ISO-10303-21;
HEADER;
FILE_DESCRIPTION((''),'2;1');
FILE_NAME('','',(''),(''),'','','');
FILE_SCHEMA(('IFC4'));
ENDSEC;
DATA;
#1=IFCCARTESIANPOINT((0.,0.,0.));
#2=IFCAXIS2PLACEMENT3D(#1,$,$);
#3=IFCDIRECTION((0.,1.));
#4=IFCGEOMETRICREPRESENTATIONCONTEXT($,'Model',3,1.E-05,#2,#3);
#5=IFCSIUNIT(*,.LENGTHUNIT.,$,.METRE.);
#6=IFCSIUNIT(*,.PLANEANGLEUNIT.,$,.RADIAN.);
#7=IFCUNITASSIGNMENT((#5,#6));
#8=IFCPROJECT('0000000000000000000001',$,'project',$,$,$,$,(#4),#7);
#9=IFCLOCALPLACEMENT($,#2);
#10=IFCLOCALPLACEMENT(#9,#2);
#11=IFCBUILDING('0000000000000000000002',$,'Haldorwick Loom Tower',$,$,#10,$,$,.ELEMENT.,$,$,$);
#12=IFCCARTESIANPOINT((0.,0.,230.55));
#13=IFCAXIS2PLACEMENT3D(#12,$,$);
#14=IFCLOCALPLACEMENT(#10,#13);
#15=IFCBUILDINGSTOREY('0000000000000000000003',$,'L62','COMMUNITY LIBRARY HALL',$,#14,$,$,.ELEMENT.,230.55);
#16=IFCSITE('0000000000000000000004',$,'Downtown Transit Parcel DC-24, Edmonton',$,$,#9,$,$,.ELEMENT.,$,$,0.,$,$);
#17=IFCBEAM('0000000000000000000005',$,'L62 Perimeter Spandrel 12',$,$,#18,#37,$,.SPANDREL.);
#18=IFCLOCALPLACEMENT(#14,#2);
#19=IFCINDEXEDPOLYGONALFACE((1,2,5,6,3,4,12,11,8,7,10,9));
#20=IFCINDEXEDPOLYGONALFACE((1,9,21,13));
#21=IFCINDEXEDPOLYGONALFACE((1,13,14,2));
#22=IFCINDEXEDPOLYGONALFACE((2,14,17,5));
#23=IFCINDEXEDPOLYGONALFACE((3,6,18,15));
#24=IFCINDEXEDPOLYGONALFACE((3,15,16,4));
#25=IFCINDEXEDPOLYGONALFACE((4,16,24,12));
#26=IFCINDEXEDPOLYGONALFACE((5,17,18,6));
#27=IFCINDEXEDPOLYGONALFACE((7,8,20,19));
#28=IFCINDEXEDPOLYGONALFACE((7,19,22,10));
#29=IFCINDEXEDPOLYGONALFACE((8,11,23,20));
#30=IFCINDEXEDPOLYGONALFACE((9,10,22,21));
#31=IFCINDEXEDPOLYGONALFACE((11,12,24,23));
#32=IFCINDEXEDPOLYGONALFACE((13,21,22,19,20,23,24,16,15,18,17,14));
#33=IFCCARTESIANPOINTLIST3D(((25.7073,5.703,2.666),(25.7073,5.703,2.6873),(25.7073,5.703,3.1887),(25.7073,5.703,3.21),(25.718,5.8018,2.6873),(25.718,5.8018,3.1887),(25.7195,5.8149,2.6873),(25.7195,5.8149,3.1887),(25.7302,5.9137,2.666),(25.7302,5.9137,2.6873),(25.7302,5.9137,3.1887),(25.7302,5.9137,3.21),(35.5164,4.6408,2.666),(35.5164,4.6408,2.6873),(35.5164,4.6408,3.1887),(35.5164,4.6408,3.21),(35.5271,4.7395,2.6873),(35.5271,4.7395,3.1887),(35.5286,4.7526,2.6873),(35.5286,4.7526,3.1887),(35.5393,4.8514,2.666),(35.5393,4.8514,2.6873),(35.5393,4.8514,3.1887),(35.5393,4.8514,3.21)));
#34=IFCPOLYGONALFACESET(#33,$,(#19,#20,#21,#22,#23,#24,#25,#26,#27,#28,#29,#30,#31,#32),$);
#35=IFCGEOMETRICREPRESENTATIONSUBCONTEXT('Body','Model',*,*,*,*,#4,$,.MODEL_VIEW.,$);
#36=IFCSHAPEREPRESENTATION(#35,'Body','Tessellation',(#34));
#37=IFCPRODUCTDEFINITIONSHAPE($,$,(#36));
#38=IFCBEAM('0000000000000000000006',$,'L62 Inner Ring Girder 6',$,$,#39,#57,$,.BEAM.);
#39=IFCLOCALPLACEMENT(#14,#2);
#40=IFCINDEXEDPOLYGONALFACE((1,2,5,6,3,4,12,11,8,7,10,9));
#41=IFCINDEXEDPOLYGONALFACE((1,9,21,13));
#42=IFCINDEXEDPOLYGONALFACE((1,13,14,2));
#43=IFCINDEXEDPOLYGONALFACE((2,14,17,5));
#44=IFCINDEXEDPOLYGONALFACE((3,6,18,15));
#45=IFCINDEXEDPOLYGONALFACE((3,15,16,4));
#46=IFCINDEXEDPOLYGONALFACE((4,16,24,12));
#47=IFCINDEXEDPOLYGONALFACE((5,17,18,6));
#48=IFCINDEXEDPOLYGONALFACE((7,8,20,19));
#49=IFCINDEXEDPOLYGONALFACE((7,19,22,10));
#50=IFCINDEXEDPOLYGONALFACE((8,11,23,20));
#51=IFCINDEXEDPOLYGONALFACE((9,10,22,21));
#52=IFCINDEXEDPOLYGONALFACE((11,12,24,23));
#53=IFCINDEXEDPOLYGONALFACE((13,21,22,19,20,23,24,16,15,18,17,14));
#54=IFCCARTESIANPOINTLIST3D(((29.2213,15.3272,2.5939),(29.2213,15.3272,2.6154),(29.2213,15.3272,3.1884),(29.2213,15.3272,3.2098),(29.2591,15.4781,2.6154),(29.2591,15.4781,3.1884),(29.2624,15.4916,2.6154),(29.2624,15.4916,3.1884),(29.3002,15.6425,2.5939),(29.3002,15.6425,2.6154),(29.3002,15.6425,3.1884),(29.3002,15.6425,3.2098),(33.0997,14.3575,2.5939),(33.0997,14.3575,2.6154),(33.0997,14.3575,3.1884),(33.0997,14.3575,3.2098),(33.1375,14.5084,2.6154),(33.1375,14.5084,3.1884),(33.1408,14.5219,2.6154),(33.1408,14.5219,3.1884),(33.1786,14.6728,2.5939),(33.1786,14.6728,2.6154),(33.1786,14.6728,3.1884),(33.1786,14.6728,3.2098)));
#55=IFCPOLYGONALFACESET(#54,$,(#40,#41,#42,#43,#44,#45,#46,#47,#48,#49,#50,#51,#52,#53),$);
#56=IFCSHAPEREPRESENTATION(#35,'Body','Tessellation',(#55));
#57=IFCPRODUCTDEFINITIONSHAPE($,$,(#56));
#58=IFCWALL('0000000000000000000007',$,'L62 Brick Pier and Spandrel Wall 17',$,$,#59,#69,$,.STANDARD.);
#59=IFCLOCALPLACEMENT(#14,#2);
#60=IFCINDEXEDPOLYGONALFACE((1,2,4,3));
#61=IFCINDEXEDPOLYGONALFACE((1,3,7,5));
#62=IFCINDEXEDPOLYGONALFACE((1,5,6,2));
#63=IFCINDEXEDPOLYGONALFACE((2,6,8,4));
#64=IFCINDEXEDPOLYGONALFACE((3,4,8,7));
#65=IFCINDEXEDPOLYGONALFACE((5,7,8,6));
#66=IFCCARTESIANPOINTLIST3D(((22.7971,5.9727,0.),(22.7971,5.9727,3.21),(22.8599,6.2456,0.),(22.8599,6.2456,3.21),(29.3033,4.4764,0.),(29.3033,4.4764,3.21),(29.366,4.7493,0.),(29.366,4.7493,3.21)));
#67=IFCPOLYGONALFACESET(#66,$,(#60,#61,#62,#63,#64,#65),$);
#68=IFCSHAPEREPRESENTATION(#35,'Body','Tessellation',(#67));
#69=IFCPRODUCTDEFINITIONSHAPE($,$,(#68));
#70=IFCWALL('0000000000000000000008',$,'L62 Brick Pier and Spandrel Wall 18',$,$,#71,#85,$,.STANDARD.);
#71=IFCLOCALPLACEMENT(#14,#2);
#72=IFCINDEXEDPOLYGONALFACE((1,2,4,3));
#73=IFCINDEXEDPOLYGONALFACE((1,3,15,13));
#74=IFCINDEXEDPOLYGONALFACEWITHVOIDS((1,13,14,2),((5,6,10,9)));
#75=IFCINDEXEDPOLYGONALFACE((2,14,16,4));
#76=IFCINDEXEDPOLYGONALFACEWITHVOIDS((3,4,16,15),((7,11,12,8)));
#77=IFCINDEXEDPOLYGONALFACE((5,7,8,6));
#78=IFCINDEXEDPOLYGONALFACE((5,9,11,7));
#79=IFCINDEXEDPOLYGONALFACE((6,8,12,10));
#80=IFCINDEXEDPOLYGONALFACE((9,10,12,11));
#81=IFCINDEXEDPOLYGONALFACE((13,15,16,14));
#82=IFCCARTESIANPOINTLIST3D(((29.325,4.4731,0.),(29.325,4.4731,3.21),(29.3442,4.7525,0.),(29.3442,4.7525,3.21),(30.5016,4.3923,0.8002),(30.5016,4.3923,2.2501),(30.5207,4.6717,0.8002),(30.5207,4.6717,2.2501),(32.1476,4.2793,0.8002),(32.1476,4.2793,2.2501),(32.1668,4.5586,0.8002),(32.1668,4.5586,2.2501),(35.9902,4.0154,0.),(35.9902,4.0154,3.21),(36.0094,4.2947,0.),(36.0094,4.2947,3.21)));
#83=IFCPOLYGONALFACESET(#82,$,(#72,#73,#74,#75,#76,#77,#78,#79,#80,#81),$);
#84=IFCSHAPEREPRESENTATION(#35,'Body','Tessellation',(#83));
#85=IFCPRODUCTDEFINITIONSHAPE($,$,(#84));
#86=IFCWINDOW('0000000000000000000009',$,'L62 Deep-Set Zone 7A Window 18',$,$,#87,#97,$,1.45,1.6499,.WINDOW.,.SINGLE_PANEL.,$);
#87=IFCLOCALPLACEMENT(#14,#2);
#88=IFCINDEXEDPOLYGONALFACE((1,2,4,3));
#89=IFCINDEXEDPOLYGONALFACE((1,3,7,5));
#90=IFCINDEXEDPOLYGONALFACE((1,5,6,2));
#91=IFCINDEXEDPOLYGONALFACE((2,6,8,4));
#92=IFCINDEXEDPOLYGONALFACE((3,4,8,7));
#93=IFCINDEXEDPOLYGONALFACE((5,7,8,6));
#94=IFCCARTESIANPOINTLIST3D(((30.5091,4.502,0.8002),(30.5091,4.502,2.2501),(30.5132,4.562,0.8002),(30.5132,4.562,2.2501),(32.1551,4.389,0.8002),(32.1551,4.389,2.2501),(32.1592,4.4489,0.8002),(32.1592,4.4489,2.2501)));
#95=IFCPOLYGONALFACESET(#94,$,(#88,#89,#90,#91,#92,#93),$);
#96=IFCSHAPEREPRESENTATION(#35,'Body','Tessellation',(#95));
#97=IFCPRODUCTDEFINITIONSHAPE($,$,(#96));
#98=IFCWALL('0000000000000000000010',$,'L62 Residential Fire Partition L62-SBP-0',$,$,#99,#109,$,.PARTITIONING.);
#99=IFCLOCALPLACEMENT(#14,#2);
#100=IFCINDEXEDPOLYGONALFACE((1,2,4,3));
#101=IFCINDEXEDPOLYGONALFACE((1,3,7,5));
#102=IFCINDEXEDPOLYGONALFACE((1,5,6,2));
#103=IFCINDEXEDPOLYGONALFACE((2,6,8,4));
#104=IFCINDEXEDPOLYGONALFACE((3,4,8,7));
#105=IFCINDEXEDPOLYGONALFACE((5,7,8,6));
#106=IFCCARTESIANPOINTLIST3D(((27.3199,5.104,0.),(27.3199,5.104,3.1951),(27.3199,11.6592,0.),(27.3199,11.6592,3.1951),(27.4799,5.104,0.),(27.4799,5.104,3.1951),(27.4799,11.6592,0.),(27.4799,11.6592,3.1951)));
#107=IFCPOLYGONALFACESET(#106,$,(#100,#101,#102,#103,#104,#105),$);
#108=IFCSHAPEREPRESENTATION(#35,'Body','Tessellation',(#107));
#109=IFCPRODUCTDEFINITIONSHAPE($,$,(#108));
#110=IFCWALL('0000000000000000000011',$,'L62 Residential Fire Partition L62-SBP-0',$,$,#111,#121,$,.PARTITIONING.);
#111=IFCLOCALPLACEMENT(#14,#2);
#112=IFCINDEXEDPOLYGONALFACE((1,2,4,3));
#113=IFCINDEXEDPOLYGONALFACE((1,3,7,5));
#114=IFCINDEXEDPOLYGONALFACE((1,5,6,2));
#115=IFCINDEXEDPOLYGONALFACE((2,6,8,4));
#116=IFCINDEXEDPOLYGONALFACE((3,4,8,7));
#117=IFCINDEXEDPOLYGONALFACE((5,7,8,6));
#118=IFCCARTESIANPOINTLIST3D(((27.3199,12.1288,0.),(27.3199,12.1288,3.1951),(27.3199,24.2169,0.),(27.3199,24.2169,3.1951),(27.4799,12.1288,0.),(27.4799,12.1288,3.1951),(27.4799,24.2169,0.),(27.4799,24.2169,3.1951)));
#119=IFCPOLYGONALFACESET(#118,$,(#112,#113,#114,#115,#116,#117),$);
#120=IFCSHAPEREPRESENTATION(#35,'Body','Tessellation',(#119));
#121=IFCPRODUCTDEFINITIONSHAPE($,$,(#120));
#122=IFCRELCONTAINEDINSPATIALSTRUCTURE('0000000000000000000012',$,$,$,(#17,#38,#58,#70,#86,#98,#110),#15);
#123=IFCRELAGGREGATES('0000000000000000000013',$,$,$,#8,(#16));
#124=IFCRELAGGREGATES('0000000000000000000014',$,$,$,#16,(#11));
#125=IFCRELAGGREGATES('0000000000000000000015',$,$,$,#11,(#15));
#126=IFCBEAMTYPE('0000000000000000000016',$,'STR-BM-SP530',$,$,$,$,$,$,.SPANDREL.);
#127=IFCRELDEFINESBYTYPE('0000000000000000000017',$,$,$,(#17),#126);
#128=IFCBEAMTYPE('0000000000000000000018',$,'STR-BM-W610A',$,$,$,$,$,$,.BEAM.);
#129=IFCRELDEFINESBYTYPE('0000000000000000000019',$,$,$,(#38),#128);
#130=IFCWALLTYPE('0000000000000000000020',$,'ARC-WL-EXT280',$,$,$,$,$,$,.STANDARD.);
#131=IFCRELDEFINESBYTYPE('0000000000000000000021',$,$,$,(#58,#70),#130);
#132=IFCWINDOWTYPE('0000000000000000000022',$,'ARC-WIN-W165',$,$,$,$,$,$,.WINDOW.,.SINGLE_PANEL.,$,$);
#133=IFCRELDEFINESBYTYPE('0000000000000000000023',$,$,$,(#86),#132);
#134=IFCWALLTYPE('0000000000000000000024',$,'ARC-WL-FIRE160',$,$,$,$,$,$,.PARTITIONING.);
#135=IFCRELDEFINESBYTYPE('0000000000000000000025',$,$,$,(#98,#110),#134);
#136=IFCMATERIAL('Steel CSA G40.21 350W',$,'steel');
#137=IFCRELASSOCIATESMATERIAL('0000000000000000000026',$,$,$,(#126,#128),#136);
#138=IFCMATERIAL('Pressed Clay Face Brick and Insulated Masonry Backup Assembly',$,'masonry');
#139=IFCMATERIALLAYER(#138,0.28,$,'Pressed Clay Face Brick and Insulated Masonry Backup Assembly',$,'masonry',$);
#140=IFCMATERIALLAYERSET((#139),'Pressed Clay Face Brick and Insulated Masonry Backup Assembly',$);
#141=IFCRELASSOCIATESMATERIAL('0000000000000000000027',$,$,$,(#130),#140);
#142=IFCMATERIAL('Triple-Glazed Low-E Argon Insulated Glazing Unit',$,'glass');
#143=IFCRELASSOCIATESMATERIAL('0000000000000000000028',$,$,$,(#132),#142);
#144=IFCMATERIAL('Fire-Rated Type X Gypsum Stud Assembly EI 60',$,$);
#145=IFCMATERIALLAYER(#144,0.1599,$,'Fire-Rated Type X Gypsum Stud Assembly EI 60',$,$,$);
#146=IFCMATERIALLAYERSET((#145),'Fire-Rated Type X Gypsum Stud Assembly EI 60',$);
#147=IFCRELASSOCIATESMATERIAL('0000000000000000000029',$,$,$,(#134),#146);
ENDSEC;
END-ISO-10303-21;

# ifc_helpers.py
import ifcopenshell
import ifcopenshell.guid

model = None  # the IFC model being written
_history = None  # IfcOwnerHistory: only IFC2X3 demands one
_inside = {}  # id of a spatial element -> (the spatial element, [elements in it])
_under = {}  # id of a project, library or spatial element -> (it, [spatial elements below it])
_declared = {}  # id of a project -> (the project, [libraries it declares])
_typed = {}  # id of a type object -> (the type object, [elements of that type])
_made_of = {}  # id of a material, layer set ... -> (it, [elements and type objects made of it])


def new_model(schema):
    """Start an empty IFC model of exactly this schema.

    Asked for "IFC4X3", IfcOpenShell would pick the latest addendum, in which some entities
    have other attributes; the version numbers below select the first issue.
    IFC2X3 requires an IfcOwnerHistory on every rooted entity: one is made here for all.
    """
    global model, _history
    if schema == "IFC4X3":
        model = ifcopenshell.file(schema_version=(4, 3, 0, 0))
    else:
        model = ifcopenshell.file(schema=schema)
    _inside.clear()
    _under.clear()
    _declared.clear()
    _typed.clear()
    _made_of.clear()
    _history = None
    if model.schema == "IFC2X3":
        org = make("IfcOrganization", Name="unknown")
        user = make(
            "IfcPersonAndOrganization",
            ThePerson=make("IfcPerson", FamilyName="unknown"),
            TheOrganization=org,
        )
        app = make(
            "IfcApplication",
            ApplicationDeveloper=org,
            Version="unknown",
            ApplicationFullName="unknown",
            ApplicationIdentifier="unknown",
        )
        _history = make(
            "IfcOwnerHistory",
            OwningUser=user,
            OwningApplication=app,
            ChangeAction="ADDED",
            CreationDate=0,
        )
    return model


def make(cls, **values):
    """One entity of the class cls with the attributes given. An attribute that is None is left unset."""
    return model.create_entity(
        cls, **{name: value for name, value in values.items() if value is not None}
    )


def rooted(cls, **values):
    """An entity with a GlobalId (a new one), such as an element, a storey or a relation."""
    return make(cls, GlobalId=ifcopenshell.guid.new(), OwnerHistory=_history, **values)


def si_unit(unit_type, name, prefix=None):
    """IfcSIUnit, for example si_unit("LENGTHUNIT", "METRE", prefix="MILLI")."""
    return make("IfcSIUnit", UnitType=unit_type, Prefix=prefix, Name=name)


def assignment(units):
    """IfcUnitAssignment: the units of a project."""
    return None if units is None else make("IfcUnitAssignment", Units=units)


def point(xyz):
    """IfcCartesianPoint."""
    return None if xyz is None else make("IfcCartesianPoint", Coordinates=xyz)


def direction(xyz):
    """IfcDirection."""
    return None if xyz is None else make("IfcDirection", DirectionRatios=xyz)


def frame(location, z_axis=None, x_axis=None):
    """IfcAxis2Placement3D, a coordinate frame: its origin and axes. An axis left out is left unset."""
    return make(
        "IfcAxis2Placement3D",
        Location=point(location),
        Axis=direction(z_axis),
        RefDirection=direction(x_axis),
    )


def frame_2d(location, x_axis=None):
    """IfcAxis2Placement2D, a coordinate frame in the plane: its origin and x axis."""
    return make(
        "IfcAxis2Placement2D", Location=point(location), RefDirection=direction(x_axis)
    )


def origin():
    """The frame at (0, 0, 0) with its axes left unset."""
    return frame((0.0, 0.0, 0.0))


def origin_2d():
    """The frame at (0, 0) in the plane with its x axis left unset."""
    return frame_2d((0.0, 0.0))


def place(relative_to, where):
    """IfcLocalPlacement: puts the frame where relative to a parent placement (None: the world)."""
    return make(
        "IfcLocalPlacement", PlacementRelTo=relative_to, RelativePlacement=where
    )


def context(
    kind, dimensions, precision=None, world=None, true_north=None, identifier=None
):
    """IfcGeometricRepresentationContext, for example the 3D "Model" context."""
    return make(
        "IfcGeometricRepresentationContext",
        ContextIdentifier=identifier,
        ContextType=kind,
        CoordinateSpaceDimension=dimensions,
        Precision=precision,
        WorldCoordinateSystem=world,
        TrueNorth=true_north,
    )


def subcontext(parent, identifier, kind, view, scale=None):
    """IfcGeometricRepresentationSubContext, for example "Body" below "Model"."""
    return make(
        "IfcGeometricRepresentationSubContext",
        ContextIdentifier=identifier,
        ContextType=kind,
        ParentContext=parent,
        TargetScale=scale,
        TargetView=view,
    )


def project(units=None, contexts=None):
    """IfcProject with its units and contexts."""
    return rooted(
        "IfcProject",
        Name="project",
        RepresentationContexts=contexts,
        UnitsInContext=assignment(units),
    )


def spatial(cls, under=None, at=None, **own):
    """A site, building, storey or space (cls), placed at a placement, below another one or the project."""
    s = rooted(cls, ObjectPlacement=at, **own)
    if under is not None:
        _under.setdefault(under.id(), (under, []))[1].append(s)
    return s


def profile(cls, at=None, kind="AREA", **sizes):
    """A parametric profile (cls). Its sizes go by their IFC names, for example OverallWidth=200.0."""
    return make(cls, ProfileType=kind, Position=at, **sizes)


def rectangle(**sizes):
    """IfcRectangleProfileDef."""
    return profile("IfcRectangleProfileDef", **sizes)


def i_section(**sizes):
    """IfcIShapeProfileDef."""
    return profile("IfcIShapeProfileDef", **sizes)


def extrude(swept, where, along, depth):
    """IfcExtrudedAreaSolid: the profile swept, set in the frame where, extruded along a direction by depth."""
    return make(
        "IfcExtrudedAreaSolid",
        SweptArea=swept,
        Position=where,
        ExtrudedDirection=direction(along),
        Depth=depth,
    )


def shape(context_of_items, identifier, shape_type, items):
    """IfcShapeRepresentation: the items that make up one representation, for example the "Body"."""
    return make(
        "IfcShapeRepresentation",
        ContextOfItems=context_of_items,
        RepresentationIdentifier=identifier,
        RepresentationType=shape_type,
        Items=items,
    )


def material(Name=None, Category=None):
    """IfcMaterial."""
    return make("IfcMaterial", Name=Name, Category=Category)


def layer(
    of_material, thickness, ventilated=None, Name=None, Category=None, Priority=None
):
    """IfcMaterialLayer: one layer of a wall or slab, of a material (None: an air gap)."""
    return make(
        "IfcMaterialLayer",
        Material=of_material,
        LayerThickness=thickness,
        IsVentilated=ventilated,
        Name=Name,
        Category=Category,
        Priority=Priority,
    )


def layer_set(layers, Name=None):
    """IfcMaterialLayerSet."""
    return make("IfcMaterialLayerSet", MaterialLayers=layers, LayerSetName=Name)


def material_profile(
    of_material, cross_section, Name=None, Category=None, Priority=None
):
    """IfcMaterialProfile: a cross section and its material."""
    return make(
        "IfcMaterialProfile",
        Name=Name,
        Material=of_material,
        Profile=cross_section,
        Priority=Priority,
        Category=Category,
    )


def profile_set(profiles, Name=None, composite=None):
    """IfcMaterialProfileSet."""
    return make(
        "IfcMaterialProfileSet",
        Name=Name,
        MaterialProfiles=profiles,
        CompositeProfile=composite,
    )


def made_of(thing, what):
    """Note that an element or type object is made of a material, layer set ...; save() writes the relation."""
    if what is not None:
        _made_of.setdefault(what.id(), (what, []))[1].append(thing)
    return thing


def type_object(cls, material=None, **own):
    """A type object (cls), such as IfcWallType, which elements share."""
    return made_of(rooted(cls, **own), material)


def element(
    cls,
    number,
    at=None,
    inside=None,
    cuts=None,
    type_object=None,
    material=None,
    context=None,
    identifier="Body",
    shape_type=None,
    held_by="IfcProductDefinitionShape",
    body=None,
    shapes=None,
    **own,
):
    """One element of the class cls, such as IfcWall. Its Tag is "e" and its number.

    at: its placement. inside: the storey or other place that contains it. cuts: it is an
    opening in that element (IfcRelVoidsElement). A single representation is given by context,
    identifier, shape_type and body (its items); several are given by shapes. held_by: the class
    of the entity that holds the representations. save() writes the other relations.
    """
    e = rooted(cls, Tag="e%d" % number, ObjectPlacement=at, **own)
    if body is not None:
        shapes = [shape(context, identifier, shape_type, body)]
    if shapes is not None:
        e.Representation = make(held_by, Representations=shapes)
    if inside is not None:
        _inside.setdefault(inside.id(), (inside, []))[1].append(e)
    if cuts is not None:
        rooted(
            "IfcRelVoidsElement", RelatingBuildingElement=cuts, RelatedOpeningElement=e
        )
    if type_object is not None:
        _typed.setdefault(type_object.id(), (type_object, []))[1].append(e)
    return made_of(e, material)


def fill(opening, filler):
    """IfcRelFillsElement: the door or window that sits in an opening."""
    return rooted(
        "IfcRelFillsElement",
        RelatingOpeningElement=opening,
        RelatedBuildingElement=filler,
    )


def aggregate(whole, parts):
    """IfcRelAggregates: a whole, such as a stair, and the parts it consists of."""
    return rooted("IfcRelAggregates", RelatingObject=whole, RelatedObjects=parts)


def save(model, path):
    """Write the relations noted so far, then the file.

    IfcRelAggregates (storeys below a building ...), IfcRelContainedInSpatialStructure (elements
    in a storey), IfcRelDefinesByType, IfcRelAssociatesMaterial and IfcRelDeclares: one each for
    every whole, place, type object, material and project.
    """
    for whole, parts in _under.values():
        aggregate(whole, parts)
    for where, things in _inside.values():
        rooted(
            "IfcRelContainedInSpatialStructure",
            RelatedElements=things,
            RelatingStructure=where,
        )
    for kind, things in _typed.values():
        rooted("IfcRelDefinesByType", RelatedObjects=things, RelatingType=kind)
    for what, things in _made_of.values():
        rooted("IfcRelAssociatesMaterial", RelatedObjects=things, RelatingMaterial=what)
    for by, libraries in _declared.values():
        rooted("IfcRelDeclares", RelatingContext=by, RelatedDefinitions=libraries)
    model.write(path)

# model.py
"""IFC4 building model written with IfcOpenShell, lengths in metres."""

from ifc_helpers import new_model, si_unit, direction, frame, frame_2d, origin, origin_2d, place, context, subcontext, project, spatial, rectangle, i_section, extrude, material, layer, layer_set, material_profile, profile_set, type_object, element, fill, save


model = new_model("IFC4")

# Units and contexts
model_context = context("Model", 3, precision=1e-05, world=origin(), true_north=direction((0.0, 1.0)))
body_context = subcontext(model_context, "Body", "Model", "MODEL_VIEW")
ifc_project = project(units=[si_unit("LENGTHUNIT", "METRE"), si_unit("PLANEANGLEUNIT", "RADIAN")], contexts=[model_context])

# Site, building, storey
site_placement = place(None, origin())
site = spatial("IfcSite", under=ifc_project, at=site_placement, Name="Downtown Transit Parcel DC-24, Edmonton", CompositionType="ELEMENT", RefElevation=0.0)
building_placement = place(site_placement, origin())
building = spatial("IfcBuilding", under=site, at=building_placement, Name="Haldorwick Loom Tower", CompositionType="ELEMENT")
storey_placement = place(building_placement, frame((0.0, 0.0, 230.55)))
storey = spatial("IfcBuildingStorey", under=building, at=storey_placement, Name="L62", Description="COMMUNITY LIBRARY HALL", CompositionType="ELEMENT", Elevation=230.55)

# Beams
ifc_material_1 = material(Name="Steel CSA G40.21 350W", Category="steel")
ifc_material_profile_1 = material_profile(ifc_material_1, i_section(OverallWidth=0.2119, OverallDepth=0.5439, WebThickness=0.0132, FlangeThickness=0.0212, at=origin_2d()), Name="W530X123", Category="steel")
ifc_profile_set_1 = profile_set([ifc_material_profile_1], Name="Steel CSA G40.21 350W")
beam_type_1 = type_object("IfcBeamType", Name="STR-BM-SP530", PredefinedType="SPANDREL", material=ifc_profile_set_1)
beam_1_placement = place(storey_placement, frame((25.7188, 5.8083, 2.938), z_axis=(0.994187, -0.107664, 0.0), x_axis=(0.107664, 0.994187, 0.0)))
element("IfcBeam", 1, at=beam_1_placement, inside=storey, type_object=beam_type_1, Name="L62 Perimeter Spandrel 12", PredefinedType="SPANDREL", context=body_context, shape_type="SweptSolid", body=[
    extrude(i_section(OverallWidth=0.2119, OverallDepth=0.5439, WebThickness=0.0132, FlangeThickness=0.0212, at=origin_2d()), origin(), (0.0, 0.0, 1.0), 9.8665),
])
ifc_material_profile_2 = material_profile(ifc_material_1, i_section(OverallWidth=0.325, OverallDepth=0.616, WebThickness=0.0139, FlangeThickness=0.0215, at=origin_2d()), Name="W610X174", Category="steel")
ifc_profile_set_2 = profile_set([ifc_material_profile_2], Name="Steel CSA G40.21 350W")
beam_type_2 = type_object("IfcBeamType", Name="STR-BM-W610A", PredefinedType="BEAM", material=ifc_profile_set_2)
beam_2_placement = place(storey_placement, frame((33.1392, 14.5151, 2.9019), z_axis=(-0.970135, 0.242564, 0.0), x_axis=(-0.242564, -0.970135, 0.0)))
element("IfcBeam", 2, at=beam_2_placement, inside=storey, type_object=beam_type_2, Name="L62 Inner Ring Girder 6", PredefinedType="BEAM", context=body_context, shape_type="SweptSolid", body=[
    extrude(i_section(OverallWidth=0.325, OverallDepth=0.616, WebThickness=0.0139, FlangeThickness=0.0215, at=origin_2d()), origin(), (0.0, 0.0, 1.0), 3.9978),
])

# Wall
ifc_material_2 = material(Name="Pressed Clay Face Brick and Insulated Masonry Backup Assembly", Category="masonry")
ifc_layer_1 = layer(ifc_material_2, 0.28, Name="Pressed Clay Face Brick and Insulated Masonry Backup Assembly", Category="masonry")
ifc_layer_set_1 = layer_set([ifc_layer_1], Name="Pressed Clay Face Brick and Insulated Masonry Backup Assembly")
wall_type_1 = type_object("IfcWallType", Name="ARC-WL-EXT280", PredefinedType="STANDARD", material=ifc_layer_set_1)
wall_1_placement = place(storey_placement, frame((22.8286, 6.1091, 0.0), z_axis=(0.0, 0.0, 1.0), x_axis=(0.974557, -0.224138, 0.0)))
element("IfcWall", 3, at=wall_1_placement, inside=storey, type_object=wall_type_1, Name="L62 Brick Pier and Spandrel Wall 17", PredefinedType="STANDARD", context=body_context, shape_type="SweptSolid", body=[
    extrude(rectangle(XDim=6.676, YDim=0.28, at=frame_2d((3.3379, 0.0))), origin(), (0.0, 0.0, 1.0), 3.21),
])

# Wall, opening, window
wall_2_placement = place(storey_placement, frame((29.3347, 4.6128, 0.0), z_axis=(0.0, 0.0, 1.0), x_axis=(0.99765, -0.068517, 0.0)))
wall_2 = element("IfcWall", 4, at=wall_2_placement, inside=storey, type_object=wall_type_1, Name="L62 Brick Pier and Spandrel Wall 18", PredefinedType="STANDARD", context=body_context, shape_type="SweptSolid", body=[
    extrude(rectangle(XDim=6.6809, YDim=0.28, at=frame_2d((3.3403, 0.0))), origin(), (0.0, 0.0, 1.0), 3.21),
])
opening_placement = place(wall_2_placement, frame((1.1792, 0.0, 0.8)))
opening = element("IfcOpeningElement", 5, at=opening_placement, cuts=wall_2, PredefinedType="OPENING", context=body_context, shape_type="SweptSolid", body=[
    extrude(rectangle(XDim=1.6499, YDim=1.45, at=frame_2d((0.825, 0.7251))), frame((0.0, 0.1499, 0.0), z_axis=(0.0, -1.0, 0.0), x_axis=(1.0, 0.0, 0.0)), (0.0, 0.0, 1.0), 0.3),
])
ifc_material_3 = material(Name="Triple-Glazed Low-E Argon Insulated Glazing Unit", Category="glass")
window_type = type_object("IfcWindowType", Name="ARC-WIN-W165", PartitioningType="SINGLE_PANEL", PredefinedType="WINDOW", material=ifc_material_3)
window_placement = place(opening_placement, origin())
window = element("IfcWindow", 6, at=window_placement, inside=storey, type_object=window_type, Name="L62 Deep-Set Zone 7A Window 18", OverallHeight=1.45, OverallWidth=1.6499, PartitioningType="SINGLE_PANEL", PredefinedType="WINDOW", context=body_context, shape_type="SweptSolid", body=[
    extrude(rectangle(XDim=1.6499, YDim=1.45, at=frame_2d((0.825, 0.7251))), frame((0.0, 0.03, 0.0), z_axis=(0.0, -1.0, 0.0), x_axis=(1.0, 0.0, 0.0)), (0.0, 0.0, 1.0), 0.0601),
])
fill(opening, window)

# Walls
ifc_material_4 = material(Name="Fire-Rated Type X Gypsum Stud Assembly EI 60")
ifc_layer_2 = layer(ifc_material_4, 0.1599, Name="Fire-Rated Type X Gypsum Stud Assembly EI 60")
ifc_layer_set_2 = layer_set([ifc_layer_2], Name="Fire-Rated Type X Gypsum Stud Assembly EI 60")
wall_type_2 = type_object("IfcWallType", Name="ARC-WL-FIRE160", PredefinedType="PARTITIONING", material=ifc_layer_set_2)
wall_3_placement = place(storey_placement, frame((27.3999, 5.104, 0.0), z_axis=(0.0, 0.0, 1.0), x_axis=(0.0, 1.0, 0.0)))
element("IfcWall", 7, at=wall_3_placement, inside=storey, type_object=wall_type_2, Name="L62 Residential Fire Partition L62-SBP-0", PredefinedType="PARTITIONING", context=body_context, shape_type="SweptSolid", body=[
    extrude(rectangle(XDim=6.5552, YDim=0.1599, at=frame_2d((3.2776, 0.0))), origin(), (0.0, 0.0, 1.0), 3.1951),
])
wall_4_placement = place(storey_placement, frame((27.3999, 12.1289, 0.0), z_axis=(0.0, 0.0, 1.0), x_axis=(0.0, 1.0, 0.0)))
element("IfcWall", 8, at=wall_4_placement, inside=storey, type_object=wall_type_2, Name="L62 Residential Fire Partition L62-SBP-0", PredefinedType="PARTITIONING", context=body_context, shape_type="SweptSolid", body=[
    extrude(rectangle(XDim=12.0881, YDim=0.1599, at=frame_2d((6.0439, 0.0))), origin(), (0.0, 0.0, 1.0), 3.1951),
])

save(model, "model.ifc")
